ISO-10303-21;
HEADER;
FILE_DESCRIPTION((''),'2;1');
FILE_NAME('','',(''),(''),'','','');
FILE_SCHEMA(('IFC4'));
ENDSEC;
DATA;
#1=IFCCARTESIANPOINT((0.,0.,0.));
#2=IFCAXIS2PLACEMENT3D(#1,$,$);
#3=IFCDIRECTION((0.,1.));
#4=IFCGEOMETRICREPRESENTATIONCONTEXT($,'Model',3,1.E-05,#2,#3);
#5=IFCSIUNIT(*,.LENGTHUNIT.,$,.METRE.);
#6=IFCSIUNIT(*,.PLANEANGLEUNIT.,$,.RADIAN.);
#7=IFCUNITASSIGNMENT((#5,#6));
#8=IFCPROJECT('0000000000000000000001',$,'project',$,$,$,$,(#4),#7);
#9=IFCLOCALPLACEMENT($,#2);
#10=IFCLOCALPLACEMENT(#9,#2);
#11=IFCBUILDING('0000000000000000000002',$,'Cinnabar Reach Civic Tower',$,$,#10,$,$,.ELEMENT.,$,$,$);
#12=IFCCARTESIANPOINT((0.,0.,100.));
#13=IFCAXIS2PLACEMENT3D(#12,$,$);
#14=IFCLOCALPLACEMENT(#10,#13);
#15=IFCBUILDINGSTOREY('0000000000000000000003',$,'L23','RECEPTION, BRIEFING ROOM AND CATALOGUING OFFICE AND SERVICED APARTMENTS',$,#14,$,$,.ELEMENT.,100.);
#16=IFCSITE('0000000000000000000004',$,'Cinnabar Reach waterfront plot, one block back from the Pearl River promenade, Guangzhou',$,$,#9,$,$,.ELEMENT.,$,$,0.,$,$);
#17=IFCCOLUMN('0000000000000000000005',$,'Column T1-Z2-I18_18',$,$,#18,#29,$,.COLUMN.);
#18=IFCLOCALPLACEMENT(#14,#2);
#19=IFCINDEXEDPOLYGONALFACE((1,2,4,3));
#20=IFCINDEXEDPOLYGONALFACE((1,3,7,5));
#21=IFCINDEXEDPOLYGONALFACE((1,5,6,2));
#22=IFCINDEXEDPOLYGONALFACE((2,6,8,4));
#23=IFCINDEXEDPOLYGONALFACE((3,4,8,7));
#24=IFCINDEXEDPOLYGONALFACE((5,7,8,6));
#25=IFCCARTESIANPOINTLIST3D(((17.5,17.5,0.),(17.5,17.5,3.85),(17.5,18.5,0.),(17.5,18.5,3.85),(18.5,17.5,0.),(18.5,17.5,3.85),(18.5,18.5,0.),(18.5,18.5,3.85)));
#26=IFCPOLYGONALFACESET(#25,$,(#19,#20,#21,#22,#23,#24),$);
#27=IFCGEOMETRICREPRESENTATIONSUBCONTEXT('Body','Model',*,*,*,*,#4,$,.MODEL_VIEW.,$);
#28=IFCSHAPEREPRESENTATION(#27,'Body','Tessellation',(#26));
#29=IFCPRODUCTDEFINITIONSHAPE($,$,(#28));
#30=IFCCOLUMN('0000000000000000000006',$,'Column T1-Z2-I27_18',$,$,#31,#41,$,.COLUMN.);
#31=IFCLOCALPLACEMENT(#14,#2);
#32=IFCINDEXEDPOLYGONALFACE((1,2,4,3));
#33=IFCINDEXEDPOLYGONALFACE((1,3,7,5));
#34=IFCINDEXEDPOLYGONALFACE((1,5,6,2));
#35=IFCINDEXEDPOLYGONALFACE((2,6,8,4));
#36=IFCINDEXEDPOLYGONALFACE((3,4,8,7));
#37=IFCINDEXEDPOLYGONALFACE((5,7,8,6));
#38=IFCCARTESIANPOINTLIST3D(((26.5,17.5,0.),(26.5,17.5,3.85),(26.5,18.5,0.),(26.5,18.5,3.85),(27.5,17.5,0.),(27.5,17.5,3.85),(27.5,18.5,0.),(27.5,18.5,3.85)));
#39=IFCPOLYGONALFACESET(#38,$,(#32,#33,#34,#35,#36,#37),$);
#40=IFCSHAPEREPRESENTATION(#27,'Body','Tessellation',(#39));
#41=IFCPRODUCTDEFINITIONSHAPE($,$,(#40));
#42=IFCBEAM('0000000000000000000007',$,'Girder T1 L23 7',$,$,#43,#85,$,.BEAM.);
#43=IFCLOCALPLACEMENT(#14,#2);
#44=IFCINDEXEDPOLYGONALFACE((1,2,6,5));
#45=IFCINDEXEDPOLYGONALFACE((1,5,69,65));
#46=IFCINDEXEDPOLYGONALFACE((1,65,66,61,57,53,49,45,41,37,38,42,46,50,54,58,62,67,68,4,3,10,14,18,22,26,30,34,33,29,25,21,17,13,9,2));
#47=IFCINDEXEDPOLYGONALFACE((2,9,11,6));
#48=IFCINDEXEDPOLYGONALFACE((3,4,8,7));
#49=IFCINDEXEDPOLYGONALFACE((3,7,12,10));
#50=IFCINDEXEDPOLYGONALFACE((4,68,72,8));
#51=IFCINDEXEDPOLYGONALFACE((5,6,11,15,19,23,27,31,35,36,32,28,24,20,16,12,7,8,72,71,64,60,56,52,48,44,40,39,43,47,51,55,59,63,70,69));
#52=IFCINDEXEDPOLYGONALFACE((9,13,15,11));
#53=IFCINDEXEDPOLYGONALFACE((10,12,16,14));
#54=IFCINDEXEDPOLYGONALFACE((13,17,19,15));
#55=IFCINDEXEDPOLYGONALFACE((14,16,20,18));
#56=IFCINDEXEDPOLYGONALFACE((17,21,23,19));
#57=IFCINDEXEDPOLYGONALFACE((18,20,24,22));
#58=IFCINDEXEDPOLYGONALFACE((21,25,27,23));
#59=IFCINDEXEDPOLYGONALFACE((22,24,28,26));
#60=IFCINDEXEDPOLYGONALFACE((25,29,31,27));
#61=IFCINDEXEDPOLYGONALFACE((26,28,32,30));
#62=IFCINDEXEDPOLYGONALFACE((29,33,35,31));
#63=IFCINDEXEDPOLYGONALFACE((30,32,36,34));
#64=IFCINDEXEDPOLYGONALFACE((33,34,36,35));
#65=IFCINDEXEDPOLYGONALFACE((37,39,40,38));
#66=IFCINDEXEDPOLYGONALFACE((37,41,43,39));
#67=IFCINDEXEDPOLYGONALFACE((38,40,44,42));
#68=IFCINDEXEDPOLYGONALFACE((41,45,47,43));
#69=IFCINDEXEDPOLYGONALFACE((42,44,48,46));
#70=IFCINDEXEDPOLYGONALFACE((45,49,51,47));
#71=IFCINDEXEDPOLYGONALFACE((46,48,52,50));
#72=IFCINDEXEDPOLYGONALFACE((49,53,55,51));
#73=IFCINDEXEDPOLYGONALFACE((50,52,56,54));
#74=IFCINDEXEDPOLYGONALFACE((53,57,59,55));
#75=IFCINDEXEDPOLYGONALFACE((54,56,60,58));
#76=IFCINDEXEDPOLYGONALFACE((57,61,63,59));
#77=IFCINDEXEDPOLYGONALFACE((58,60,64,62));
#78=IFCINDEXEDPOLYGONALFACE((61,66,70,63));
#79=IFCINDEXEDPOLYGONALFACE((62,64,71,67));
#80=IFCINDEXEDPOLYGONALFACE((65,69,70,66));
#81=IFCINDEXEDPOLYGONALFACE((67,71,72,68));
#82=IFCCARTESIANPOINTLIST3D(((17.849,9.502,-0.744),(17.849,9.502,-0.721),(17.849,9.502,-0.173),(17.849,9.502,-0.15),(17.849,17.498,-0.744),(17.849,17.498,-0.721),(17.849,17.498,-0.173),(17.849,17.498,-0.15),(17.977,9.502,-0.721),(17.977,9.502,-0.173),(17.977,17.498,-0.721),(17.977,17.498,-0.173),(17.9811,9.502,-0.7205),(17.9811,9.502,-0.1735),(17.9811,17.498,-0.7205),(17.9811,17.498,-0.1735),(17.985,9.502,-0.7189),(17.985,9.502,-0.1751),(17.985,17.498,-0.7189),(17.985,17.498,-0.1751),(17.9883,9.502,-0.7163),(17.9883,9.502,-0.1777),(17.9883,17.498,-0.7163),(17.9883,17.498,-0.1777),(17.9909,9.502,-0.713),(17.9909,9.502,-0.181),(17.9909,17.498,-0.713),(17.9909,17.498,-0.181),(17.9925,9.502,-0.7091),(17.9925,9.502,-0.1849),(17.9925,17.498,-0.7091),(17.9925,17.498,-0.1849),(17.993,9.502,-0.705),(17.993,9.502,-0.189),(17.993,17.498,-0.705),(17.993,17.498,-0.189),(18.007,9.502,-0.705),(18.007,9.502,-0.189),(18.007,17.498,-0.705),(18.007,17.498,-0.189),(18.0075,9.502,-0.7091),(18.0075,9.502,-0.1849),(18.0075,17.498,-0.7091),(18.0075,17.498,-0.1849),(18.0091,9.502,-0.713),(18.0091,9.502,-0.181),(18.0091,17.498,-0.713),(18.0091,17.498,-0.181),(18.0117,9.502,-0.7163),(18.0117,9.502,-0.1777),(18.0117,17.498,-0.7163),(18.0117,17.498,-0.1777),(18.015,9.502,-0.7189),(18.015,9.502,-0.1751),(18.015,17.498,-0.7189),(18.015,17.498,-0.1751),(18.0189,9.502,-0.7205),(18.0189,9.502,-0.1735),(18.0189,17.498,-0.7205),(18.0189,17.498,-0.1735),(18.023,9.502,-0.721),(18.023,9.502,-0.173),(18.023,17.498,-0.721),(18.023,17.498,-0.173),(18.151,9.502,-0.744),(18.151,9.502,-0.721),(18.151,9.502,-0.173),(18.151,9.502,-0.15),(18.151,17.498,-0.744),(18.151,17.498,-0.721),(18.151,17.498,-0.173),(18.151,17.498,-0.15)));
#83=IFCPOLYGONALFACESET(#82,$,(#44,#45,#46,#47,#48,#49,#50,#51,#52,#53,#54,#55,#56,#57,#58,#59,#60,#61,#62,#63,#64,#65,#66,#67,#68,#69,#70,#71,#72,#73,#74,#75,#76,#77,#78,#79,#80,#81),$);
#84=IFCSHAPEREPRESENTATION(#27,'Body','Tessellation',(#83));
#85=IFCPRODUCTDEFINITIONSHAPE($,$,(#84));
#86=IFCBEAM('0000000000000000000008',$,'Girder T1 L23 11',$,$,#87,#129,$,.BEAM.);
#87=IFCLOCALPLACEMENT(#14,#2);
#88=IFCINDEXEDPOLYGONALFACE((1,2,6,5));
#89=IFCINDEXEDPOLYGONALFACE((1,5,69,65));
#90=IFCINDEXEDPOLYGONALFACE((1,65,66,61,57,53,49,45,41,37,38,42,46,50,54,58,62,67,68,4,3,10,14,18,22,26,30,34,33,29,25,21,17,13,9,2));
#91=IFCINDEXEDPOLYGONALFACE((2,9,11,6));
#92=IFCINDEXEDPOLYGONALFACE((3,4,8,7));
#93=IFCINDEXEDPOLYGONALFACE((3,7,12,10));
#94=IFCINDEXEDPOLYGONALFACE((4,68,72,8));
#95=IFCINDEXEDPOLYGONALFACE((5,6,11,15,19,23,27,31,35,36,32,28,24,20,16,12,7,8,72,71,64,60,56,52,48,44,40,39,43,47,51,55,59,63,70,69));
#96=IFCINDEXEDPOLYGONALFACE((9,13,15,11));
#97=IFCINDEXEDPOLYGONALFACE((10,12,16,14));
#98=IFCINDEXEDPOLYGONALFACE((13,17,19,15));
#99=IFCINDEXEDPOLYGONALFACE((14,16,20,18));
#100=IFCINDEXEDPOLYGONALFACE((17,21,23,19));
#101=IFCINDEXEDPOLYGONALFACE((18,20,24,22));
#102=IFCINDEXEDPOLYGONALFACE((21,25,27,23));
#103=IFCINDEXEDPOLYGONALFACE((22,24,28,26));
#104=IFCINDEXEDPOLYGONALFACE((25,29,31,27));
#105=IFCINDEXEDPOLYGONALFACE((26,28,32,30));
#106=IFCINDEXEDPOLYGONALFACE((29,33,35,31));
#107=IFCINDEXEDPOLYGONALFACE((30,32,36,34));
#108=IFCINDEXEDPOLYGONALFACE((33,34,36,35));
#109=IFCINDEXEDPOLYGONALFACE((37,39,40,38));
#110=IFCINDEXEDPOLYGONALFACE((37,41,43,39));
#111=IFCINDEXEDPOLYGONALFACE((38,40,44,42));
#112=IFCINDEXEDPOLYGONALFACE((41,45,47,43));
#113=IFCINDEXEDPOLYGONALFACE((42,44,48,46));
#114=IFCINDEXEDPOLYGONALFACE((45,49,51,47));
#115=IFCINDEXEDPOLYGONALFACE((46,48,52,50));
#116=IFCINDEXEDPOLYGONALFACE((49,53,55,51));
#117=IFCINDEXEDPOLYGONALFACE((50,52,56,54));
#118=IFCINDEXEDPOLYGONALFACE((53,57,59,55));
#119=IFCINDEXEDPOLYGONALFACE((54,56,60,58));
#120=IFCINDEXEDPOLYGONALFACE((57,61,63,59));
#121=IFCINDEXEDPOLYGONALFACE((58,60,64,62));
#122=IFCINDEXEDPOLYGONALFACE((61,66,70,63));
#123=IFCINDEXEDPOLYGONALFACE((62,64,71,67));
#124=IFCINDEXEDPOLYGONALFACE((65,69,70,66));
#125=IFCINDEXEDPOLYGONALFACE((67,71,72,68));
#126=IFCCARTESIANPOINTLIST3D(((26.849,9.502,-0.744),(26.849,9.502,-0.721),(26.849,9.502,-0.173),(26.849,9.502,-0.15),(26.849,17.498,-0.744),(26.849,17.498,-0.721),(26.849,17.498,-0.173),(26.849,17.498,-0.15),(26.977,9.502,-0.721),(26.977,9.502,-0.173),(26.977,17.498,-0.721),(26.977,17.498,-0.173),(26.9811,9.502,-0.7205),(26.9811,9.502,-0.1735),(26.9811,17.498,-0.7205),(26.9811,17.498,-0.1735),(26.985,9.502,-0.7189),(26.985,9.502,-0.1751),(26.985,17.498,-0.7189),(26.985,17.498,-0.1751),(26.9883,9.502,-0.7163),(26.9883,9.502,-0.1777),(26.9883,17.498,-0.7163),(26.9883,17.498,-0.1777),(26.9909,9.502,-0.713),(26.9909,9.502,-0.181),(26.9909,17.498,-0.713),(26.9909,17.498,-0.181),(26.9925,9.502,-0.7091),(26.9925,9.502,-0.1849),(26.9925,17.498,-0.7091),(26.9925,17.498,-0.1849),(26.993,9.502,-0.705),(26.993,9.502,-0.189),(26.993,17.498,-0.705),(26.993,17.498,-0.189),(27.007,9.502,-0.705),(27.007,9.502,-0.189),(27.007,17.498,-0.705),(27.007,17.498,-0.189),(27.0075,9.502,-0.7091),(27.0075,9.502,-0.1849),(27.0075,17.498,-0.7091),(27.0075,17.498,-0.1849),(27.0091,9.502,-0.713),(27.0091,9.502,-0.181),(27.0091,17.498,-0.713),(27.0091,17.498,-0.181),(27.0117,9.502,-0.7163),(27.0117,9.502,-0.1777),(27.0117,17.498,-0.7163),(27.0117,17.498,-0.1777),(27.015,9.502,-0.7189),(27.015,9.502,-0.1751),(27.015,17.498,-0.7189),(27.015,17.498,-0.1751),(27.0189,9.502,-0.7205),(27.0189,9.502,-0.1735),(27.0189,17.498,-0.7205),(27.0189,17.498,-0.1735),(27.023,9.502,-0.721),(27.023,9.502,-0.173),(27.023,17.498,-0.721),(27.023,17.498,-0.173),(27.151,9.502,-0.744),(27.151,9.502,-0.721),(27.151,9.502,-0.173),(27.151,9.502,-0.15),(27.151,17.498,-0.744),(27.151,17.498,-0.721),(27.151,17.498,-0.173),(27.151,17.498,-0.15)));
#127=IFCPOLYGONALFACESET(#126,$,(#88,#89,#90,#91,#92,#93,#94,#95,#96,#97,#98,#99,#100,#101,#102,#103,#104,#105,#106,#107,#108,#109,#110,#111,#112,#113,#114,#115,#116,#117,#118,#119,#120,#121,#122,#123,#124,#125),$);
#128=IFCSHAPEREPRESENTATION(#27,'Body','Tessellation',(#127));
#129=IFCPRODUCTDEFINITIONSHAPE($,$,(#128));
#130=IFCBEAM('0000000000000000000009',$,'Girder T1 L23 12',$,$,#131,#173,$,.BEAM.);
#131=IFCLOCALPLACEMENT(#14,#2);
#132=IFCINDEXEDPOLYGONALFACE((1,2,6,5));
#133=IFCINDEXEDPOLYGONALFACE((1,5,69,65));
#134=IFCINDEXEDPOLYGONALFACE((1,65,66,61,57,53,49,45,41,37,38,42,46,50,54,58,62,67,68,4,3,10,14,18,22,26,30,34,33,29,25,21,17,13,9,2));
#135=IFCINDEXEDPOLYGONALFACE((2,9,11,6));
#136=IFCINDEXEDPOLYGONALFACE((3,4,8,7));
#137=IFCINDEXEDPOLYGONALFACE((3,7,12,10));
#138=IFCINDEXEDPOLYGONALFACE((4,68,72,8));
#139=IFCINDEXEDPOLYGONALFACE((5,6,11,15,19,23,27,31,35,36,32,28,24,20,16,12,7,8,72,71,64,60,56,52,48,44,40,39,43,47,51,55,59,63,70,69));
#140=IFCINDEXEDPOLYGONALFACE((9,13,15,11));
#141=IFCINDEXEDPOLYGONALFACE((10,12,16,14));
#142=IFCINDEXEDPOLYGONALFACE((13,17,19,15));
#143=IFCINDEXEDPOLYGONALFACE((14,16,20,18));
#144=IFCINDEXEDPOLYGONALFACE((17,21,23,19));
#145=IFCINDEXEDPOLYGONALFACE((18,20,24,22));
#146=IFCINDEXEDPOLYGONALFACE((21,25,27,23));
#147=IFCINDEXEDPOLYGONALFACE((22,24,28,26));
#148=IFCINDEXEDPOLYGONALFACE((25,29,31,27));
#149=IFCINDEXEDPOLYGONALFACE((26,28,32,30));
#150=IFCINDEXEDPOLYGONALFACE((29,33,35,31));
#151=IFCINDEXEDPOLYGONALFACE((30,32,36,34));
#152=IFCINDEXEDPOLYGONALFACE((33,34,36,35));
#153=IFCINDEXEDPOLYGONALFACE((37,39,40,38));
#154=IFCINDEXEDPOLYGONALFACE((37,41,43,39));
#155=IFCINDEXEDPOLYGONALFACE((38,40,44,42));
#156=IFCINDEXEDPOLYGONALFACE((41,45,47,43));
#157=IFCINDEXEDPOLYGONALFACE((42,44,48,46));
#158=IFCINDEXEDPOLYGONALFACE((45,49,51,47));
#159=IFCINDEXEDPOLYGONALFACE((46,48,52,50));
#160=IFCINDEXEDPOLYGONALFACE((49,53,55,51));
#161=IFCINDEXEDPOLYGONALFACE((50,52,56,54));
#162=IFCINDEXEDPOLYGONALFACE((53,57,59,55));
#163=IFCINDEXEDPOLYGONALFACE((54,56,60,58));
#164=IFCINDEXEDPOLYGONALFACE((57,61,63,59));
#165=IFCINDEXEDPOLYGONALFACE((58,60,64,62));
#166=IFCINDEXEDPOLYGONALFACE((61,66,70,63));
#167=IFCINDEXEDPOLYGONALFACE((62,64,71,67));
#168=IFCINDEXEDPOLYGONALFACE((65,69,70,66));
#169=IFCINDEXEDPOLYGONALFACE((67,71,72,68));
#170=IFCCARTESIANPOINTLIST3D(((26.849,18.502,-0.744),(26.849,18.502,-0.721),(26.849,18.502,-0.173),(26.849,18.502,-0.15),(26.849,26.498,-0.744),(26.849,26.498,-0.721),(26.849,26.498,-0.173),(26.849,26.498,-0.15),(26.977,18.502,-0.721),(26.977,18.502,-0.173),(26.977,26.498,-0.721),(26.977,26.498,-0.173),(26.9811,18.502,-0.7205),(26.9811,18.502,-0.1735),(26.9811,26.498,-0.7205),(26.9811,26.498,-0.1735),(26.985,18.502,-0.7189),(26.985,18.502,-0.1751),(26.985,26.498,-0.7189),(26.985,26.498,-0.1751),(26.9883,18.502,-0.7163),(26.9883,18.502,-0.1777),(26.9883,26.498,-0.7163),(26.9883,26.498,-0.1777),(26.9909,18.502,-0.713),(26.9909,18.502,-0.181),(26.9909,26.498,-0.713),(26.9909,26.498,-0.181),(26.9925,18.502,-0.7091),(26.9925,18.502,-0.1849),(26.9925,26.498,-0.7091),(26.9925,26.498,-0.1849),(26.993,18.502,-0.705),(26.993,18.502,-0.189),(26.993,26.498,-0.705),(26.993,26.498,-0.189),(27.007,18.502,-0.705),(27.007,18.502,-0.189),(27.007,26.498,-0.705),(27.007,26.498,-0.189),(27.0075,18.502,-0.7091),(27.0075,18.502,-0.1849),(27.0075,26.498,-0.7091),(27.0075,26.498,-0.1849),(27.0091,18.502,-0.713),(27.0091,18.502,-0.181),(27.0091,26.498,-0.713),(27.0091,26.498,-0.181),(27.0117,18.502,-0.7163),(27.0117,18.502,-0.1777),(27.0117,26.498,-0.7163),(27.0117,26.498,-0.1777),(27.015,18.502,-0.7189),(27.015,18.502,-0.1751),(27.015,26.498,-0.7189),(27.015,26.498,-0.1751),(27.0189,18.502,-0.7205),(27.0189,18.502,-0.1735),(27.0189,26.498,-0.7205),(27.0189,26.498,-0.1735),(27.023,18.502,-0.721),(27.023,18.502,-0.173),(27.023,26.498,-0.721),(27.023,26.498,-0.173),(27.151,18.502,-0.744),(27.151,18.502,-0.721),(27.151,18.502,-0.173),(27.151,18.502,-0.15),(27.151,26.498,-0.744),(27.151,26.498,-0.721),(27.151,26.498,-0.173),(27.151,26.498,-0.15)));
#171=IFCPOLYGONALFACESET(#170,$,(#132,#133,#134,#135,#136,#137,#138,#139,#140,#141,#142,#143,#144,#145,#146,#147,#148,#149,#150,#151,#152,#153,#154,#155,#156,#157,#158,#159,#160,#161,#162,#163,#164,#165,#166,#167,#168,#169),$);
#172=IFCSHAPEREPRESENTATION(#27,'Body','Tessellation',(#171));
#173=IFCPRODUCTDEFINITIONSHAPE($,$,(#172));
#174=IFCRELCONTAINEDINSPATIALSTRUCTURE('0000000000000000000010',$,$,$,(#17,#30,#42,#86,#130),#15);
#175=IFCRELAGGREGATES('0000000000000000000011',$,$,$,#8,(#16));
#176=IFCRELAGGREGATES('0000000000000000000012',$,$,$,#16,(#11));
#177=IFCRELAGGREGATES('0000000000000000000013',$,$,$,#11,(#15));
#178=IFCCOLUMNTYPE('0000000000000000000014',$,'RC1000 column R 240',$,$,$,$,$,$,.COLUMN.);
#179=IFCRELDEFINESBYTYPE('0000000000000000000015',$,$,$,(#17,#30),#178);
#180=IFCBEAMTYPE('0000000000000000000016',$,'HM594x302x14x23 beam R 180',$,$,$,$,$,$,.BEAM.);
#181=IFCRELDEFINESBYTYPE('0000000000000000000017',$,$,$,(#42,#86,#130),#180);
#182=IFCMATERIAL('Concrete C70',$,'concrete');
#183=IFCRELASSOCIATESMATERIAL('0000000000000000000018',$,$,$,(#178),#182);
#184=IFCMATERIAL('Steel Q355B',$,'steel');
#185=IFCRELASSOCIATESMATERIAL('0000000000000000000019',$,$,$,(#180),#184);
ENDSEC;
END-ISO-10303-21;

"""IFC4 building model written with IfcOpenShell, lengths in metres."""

from ifc_helpers import new_model, si_unit, direction, frame, origin, origin_2d, place, context, subcontext, project, spatial, rectangle, i_section, extrude, material, material_profile, profile_set, type_object, element, save


model = new_model("IFC4")

# Units and contexts
model_context = context("Model", 3, precision=1e-05, world=origin(), true_north=direction((0.0, 1.0)))
body_context = subcontext(model_context, "Body", "Model", "MODEL_VIEW")
ifc_project = project(units=[si_unit("LENGTHUNIT", "METRE"), si_unit("PLANEANGLEUNIT", "RADIAN")], contexts=[model_context])

# Site, building, storey
site_placement = place(None, origin())
site = spatial("IfcSite", under=ifc_project, at=site_placement, Name="Cinnabar Reach waterfront plot, one block back from the Pearl River promenade, Guangzhou", CompositionType="ELEMENT", RefElevation=0.0)
building_placement = place(site_placement, origin())
building = spatial("IfcBuilding", under=site, at=building_placement, Name="Cinnabar Reach Civic Tower", CompositionType="ELEMENT")
storey_placement = place(building_placement, frame((0.0, 0.0, 100.0)))
storey = spatial("IfcBuildingStorey", under=building, at=storey_placement, Name="L23", Description="RECEPTION, BRIEFING ROOM AND CATALOGUING OFFICE AND SERVICED APARTMENTS", CompositionType="ELEMENT", Elevation=100.0)

# Columns
ifc_material_1 = material(Name="Concrete C70", Category="concrete")
ifc_material_profile_1 = material_profile(ifc_material_1, rectangle(XDim=1.0, YDim=1.0, at=origin_2d()), Name="RC1000")
ifc_profile_set_1 = profile_set([ifc_material_profile_1], Name="Concrete C70")
column_type = type_object("IfcColumnType", Name="RC1000 column R 240", PredefinedType="COLUMN", material=ifc_profile_set_1)
for number, where, z_axis, x_axis, name in (
    (1, (18.0, 18.0, 0.0), (0.0, 0.0, 1.0), (1.0, 0.0, 0.0), "Column T1-Z2-I18_18"),
    (2, (27.0, 18.0, 0.0), (0.0, 0.0, 1.0), (1.0, 0.0, 0.0), "Column T1-Z2-I27_18"),
):
    element("IfcColumn", number, at=place(storey_placement, frame(where, z_axis=z_axis, x_axis=x_axis)), inside=storey, type_object=column_type, Name=name, PredefinedType="COLUMN", context=body_context, shape_type="SweptSolid", body=[
        extrude(rectangle(XDim=1.0, YDim=1.0, at=origin_2d()), origin(), (0.0, 0.0, 1.0), 3.85),
    ])

# Beams
ifc_material_2 = material(Name="Steel Q355B", Category="steel")
ifc_material_profile_2 = material_profile(ifc_material_2, i_section(OverallWidth=0.302, OverallDepth=0.594, WebThickness=0.014, FlangeThickness=0.023, FilletRadius=0.016, at=origin_2d()), Name="HM594x302x14x23")
ifc_profile_set_2 = profile_set([ifc_material_profile_2], Name="Steel Q355B")
beam_type_1 = type_object("IfcBeamType", Name="HM594x302x14x23 beam R 180", PredefinedType="BEAM", material=ifc_profile_set_2)
for number, where, z_axis, x_axis, name in (
    (3, (18.0, 9.502, -0.447), (0.0, 1.0, 0.0), (-1.0, 0.0, 0.0), "Girder T1 L23 7"),
    (4, (27.0, 9.502, -0.447), (0.0, 1.0, 0.0), (-1.0, 0.0, 0.0), "Girder T1 L23 11"),
    (5, (27.0, 18.502, -0.447), (0.0, 1.0, 0.0), (-1.0, 0.0, 0.0), "Girder T1 L23 12"),
):
    element("IfcBeam", number, at=place(storey_placement, frame(where, z_axis=z_axis, x_axis=x_axis)), inside=storey, type_object=beam_type_1, Name=name, PredefinedType="BEAM", context=body_context, shape_type="SweptSolid", body=[
        extrude(i_section(OverallWidth=0.302, OverallDepth=0.594, WebThickness=0.014, FlangeThickness=0.023, FilletRadius=0.016, at=origin_2d()), origin(), (0.0, 0.0, 1.0), 7.996),
    ])

save(model, "model.ifc")
